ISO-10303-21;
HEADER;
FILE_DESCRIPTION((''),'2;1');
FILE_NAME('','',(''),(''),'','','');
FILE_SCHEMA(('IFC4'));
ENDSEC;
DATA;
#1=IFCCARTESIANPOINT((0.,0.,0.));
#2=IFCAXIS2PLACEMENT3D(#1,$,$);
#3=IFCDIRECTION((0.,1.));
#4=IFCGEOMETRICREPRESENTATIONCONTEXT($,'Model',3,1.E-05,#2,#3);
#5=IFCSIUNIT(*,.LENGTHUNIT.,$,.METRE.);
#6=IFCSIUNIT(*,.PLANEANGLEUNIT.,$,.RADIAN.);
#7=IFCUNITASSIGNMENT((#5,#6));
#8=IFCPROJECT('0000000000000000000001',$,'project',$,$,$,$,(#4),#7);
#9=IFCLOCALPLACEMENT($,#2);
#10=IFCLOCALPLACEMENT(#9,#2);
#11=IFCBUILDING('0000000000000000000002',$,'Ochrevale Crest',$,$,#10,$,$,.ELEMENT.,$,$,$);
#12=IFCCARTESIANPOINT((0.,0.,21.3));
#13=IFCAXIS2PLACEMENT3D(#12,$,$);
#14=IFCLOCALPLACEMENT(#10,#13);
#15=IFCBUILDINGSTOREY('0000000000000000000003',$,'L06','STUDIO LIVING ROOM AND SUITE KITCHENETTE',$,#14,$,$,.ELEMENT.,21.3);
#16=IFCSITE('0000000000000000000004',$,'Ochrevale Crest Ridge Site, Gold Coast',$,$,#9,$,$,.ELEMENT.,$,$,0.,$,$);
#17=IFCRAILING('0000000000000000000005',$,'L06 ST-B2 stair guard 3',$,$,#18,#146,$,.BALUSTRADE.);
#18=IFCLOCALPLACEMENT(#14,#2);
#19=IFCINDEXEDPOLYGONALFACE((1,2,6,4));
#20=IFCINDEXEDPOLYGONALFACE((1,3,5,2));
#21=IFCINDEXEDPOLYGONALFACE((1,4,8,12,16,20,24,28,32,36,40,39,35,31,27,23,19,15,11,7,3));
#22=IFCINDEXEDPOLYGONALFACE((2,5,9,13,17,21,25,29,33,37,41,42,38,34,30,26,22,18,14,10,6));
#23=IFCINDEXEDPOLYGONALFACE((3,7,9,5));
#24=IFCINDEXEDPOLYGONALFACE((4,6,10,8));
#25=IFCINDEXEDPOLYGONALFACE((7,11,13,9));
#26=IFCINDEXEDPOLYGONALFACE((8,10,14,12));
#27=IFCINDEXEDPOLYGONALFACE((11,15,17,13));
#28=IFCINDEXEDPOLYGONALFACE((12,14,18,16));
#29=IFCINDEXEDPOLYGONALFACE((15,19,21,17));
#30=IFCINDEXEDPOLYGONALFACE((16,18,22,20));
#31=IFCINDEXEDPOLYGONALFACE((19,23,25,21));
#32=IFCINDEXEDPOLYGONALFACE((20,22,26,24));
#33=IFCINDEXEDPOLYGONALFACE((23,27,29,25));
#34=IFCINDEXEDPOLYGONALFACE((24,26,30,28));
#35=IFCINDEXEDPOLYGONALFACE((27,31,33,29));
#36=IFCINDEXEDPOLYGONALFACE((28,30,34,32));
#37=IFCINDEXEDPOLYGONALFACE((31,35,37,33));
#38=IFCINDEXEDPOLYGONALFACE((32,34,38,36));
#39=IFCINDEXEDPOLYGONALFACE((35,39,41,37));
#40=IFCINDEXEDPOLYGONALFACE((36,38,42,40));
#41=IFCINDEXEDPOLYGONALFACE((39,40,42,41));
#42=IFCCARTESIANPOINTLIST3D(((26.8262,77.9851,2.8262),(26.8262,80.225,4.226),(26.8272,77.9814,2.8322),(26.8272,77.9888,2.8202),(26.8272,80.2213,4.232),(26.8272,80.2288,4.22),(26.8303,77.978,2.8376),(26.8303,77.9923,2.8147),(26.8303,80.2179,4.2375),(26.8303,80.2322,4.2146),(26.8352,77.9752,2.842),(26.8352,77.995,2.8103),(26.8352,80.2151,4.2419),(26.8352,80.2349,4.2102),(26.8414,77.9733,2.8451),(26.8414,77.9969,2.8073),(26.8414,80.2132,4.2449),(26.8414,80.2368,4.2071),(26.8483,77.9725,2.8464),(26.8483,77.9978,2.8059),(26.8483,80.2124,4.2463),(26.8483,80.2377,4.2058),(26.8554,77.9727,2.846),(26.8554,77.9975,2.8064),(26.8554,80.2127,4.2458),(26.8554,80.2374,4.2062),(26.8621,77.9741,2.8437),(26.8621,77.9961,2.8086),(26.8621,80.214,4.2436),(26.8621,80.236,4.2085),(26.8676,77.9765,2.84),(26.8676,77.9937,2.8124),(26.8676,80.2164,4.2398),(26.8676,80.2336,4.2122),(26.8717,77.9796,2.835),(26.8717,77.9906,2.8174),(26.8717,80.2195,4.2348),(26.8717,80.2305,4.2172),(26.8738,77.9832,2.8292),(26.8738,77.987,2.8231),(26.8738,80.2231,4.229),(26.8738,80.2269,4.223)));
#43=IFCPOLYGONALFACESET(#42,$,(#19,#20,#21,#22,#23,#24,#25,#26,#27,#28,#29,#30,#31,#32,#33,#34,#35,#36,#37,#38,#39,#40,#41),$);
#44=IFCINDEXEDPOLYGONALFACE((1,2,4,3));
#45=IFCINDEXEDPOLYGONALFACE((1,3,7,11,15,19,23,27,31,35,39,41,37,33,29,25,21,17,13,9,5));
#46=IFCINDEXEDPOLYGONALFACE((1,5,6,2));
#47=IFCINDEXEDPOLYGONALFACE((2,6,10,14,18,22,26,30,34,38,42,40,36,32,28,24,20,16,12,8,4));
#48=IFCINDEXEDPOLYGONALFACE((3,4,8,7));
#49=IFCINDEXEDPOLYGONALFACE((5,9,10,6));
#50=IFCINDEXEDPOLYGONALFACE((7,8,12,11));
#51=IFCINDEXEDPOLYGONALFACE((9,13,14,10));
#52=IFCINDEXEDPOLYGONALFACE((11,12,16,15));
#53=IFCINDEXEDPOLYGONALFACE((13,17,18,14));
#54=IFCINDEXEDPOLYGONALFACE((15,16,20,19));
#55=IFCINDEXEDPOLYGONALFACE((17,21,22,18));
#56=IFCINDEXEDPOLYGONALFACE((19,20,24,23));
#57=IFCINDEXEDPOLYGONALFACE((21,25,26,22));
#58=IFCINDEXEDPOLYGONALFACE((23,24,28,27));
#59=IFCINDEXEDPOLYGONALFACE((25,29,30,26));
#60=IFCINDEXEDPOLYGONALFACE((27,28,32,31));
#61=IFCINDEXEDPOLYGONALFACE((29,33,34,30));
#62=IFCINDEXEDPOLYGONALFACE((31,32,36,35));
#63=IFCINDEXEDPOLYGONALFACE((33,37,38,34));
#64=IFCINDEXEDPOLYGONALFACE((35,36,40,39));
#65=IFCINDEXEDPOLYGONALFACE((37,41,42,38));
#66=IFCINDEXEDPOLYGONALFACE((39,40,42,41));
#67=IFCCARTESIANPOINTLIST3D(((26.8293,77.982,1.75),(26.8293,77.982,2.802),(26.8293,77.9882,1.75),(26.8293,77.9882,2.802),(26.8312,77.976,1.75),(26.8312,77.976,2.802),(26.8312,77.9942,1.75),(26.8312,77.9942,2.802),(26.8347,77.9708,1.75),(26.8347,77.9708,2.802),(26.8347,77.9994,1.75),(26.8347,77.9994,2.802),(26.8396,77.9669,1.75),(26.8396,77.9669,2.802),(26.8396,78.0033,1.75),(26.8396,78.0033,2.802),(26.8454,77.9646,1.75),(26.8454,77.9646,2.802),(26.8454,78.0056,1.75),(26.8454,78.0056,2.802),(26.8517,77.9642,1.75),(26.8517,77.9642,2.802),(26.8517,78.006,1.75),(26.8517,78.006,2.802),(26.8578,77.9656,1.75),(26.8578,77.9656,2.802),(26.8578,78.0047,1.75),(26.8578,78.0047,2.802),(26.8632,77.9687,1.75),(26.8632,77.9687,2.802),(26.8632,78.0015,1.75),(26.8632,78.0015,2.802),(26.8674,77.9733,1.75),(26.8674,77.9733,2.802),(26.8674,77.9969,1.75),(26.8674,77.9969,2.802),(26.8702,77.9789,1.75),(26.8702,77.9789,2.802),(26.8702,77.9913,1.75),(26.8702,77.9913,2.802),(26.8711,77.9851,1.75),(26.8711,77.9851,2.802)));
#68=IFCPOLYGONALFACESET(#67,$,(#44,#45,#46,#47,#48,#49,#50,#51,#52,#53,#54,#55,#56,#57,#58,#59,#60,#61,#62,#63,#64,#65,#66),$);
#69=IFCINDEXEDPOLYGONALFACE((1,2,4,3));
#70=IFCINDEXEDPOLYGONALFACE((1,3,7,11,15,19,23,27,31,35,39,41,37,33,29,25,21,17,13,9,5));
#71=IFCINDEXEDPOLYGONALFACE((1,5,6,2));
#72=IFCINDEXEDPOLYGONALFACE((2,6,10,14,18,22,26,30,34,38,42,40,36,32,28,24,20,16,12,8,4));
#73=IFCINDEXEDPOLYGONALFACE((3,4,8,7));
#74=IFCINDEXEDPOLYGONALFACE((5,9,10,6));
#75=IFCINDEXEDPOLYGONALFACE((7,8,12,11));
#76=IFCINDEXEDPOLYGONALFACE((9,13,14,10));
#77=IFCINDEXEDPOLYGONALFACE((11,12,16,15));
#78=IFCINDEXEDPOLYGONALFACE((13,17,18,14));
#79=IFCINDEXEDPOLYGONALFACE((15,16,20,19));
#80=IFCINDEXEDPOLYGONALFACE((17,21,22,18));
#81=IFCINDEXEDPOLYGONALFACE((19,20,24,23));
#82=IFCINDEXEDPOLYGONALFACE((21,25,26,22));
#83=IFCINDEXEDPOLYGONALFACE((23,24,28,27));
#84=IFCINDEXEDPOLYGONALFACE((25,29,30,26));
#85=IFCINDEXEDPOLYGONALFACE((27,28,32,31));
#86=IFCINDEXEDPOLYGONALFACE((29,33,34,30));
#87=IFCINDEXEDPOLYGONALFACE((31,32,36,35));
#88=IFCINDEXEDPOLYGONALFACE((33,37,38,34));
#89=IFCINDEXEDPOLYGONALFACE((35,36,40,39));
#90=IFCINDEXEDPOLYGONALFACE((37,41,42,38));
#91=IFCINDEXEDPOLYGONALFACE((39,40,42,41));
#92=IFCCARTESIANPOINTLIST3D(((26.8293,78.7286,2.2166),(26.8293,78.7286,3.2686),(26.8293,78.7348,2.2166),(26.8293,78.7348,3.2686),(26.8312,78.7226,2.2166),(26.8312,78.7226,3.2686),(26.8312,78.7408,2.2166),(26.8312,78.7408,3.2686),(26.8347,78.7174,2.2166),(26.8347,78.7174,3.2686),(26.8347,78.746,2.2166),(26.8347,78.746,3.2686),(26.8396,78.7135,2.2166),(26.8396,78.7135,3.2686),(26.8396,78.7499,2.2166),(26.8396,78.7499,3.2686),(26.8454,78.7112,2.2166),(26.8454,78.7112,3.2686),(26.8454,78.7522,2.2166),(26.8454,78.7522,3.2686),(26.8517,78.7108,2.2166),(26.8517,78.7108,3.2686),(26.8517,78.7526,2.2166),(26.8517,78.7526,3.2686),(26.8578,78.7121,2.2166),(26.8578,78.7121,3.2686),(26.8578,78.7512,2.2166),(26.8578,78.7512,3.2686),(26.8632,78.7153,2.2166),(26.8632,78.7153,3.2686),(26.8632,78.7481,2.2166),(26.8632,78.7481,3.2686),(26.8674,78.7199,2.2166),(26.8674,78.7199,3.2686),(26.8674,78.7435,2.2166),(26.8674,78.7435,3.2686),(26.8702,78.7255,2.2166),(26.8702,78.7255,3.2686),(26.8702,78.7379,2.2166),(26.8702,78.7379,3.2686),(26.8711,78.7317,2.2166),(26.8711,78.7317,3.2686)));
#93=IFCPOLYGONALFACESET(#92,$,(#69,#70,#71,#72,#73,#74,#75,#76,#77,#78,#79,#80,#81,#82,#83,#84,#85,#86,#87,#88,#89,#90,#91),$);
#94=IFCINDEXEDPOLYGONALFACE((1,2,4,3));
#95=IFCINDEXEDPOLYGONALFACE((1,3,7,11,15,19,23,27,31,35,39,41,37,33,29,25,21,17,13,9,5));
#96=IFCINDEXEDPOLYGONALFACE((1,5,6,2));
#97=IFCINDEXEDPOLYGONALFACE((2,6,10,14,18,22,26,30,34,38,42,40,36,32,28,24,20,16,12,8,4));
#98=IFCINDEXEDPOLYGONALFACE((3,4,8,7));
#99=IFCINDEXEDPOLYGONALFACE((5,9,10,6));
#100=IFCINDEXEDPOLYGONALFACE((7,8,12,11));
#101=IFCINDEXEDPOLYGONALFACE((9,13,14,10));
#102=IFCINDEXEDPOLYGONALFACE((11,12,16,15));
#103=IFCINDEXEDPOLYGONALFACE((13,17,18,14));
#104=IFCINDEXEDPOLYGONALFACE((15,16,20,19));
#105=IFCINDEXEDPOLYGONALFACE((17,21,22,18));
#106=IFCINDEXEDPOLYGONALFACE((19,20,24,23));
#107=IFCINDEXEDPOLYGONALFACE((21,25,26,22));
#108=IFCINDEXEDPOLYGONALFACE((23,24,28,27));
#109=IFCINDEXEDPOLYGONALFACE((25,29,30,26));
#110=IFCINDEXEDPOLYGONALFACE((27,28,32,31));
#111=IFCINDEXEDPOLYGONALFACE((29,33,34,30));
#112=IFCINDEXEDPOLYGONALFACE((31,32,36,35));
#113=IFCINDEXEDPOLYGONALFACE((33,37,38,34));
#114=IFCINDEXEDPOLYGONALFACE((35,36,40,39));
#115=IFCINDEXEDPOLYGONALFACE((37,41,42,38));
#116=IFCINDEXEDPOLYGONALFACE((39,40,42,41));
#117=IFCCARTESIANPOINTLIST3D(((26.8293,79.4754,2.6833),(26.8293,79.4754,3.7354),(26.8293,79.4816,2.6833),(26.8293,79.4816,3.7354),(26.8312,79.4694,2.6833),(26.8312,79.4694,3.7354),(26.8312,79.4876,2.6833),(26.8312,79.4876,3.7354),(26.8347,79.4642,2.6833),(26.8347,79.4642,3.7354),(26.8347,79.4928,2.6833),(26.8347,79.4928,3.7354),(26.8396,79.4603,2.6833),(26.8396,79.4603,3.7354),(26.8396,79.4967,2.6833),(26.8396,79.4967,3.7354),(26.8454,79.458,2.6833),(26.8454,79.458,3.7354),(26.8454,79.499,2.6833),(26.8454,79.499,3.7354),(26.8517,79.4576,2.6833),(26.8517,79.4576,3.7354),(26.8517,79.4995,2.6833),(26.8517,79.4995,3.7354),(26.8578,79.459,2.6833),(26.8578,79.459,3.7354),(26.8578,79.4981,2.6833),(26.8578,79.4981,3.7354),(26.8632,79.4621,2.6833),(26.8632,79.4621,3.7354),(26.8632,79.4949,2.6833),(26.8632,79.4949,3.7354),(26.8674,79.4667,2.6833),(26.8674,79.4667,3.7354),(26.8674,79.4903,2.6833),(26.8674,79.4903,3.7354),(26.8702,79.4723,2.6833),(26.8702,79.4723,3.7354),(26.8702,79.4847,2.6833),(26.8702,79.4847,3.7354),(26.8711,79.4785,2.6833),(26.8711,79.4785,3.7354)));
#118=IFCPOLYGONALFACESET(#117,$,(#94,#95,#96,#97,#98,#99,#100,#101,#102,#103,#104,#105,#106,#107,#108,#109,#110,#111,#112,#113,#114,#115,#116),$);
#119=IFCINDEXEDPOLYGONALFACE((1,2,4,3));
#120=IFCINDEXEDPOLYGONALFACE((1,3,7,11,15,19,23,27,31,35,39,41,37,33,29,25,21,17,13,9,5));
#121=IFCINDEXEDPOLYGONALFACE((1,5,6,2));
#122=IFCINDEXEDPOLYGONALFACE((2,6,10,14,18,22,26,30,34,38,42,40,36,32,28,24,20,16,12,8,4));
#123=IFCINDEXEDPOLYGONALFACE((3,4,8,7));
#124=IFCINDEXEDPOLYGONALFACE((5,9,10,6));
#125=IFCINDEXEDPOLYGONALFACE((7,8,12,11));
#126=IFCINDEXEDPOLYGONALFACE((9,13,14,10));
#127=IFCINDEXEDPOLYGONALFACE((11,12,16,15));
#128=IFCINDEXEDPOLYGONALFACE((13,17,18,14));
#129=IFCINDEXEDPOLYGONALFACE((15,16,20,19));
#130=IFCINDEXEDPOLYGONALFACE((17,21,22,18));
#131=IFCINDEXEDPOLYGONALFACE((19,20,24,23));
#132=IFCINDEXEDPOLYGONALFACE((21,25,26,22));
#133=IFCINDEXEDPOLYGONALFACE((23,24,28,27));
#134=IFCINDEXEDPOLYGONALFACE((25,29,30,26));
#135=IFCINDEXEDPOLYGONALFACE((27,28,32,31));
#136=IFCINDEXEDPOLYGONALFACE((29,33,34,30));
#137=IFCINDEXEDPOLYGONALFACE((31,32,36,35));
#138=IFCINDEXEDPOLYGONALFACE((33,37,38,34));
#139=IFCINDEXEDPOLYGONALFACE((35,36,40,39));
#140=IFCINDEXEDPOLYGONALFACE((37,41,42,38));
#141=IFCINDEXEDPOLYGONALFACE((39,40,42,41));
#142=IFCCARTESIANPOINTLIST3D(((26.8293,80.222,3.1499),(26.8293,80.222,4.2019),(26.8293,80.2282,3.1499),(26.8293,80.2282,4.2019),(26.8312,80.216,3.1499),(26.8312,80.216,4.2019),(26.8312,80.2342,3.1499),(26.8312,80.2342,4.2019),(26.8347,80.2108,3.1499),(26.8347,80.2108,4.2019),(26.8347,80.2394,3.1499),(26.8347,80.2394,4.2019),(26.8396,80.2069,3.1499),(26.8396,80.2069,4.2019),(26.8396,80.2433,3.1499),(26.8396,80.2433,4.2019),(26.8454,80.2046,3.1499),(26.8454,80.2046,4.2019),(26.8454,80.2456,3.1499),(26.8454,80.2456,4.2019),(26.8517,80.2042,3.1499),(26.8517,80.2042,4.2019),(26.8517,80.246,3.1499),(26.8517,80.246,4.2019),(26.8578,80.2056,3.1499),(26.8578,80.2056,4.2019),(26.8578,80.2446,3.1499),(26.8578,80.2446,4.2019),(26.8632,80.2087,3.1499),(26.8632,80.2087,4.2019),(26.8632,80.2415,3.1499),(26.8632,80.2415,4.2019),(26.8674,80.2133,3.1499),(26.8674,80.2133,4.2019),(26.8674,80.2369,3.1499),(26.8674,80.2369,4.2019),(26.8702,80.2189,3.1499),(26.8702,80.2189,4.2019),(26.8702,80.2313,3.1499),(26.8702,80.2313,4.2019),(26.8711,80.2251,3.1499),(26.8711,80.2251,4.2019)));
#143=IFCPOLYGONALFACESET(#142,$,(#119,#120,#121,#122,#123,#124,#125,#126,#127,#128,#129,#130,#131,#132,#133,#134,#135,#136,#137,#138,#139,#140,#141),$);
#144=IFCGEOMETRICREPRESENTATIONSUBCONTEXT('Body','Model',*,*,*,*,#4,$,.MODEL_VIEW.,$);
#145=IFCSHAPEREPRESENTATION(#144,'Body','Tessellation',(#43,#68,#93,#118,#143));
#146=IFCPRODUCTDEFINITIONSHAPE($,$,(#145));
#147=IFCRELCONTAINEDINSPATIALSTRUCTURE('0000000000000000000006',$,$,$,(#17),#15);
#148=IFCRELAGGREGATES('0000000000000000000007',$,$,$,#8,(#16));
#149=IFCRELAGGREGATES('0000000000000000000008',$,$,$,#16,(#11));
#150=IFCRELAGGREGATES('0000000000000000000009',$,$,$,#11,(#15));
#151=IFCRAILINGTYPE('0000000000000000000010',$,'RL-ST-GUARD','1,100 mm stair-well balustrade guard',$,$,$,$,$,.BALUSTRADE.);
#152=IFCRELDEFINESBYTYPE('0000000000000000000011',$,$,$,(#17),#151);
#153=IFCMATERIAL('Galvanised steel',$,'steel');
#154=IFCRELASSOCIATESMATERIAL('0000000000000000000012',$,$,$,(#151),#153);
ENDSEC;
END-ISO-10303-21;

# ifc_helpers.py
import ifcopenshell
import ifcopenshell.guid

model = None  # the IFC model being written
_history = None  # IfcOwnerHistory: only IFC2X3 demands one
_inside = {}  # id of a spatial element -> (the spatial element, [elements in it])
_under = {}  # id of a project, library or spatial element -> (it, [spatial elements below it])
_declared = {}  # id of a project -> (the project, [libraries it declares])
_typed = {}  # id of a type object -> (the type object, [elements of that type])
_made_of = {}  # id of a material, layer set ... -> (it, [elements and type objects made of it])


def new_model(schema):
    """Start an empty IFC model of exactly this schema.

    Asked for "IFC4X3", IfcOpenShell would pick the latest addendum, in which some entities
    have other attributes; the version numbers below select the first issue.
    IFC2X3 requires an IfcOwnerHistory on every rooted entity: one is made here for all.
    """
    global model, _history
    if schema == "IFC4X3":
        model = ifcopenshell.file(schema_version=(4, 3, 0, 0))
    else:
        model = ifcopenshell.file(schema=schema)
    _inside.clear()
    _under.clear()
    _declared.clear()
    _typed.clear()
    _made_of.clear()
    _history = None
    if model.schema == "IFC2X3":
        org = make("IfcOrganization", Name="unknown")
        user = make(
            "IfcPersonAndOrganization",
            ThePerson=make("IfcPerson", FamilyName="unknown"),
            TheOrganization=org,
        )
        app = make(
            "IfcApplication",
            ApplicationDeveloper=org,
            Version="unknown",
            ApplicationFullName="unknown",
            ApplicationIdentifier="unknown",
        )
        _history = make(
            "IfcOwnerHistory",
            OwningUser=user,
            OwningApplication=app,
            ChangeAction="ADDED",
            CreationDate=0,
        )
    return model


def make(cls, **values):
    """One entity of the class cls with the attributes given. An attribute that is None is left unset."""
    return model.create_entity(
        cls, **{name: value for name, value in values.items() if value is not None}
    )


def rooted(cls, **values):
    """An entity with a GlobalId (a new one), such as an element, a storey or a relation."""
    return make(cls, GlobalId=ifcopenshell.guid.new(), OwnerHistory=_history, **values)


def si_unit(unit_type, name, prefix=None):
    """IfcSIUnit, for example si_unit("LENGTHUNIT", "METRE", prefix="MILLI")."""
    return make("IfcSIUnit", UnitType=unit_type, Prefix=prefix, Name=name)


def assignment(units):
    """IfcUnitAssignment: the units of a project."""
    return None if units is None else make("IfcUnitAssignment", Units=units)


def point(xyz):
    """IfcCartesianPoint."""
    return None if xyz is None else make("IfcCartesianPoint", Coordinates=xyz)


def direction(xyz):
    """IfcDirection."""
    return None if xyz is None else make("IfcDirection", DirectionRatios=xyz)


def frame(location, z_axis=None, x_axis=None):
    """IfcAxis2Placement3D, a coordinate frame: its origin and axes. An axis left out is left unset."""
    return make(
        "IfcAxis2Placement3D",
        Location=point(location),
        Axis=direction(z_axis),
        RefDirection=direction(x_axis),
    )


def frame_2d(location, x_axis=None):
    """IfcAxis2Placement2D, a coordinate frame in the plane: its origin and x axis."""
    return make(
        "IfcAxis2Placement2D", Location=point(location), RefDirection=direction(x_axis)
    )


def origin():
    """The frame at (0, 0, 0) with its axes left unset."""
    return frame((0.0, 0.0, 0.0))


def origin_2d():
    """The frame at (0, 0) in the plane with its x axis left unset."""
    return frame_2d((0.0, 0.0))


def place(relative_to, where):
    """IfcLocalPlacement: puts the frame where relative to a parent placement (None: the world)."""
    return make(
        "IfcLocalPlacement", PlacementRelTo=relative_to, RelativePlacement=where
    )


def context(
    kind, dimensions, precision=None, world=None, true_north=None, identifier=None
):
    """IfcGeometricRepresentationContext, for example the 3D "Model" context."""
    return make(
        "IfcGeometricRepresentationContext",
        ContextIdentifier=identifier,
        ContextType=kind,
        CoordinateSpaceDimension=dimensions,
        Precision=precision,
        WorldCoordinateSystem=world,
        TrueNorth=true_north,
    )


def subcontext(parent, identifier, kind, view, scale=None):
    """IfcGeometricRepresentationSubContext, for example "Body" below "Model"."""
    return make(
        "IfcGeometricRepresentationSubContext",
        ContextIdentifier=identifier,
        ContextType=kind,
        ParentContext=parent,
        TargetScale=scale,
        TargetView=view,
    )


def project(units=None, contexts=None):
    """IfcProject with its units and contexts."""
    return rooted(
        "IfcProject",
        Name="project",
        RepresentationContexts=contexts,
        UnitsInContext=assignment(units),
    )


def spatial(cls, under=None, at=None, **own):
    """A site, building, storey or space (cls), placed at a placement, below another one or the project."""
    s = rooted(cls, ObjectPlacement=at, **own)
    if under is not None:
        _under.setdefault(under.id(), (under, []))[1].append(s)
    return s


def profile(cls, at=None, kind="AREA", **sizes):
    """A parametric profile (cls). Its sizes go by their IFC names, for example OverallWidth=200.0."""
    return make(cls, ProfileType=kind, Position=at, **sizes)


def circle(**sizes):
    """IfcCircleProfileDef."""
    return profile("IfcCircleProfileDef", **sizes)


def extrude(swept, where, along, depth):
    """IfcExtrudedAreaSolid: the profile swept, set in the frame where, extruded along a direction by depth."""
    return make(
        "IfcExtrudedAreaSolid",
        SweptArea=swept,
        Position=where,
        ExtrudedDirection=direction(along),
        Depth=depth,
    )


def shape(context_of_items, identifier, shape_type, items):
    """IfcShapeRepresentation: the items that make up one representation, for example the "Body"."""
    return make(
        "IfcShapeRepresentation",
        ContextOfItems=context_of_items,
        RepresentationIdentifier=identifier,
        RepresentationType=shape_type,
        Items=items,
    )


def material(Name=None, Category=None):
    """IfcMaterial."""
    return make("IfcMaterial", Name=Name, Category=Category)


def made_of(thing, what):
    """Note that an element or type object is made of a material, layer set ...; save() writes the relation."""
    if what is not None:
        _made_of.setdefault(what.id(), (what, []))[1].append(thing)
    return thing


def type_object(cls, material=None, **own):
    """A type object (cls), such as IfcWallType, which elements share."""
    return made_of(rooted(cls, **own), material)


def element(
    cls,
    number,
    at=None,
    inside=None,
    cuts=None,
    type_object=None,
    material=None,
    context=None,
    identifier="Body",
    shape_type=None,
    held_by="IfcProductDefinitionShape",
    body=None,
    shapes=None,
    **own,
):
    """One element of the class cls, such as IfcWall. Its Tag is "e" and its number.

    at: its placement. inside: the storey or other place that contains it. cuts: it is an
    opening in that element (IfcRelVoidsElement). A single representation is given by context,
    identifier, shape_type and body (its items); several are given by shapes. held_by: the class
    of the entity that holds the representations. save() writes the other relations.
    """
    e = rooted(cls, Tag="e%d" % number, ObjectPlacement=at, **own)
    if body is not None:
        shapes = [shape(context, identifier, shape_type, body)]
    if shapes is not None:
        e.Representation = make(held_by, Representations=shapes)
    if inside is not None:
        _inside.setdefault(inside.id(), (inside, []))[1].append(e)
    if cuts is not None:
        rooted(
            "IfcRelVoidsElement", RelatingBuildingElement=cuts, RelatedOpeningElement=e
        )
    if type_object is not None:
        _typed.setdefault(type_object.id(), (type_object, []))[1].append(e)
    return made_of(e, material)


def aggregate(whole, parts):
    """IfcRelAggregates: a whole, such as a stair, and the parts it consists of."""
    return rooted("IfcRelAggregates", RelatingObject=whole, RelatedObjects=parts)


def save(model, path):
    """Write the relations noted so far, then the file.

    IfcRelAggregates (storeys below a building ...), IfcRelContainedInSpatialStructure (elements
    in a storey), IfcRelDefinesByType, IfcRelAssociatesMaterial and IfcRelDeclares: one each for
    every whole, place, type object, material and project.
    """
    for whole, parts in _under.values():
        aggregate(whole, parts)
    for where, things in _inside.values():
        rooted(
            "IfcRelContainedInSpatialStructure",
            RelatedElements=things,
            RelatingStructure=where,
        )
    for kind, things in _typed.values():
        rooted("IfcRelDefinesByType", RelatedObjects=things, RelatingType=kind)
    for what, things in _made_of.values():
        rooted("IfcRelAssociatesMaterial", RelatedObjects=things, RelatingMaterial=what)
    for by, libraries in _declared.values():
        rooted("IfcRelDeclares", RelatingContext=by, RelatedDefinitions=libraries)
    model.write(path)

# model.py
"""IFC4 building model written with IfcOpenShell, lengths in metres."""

from ifc_helpers import new_model, si_unit, direction, frame, origin, origin_2d, place, context, subcontext, project, spatial, circle, extrude, material, type_object, element, save


model = new_model("IFC4")

# Units and contexts
model_context = context("Model", 3, precision=1e-05, world=origin(), true_north=direction((0.0, 1.0)))
body_context = subcontext(model_context, "Body", "Model", "MODEL_VIEW")
ifc_project = project(units=[si_unit("LENGTHUNIT", "METRE"), si_unit("PLANEANGLEUNIT", "RADIAN")], contexts=[model_context])

# Site, building, storey
site_placement = place(None, origin())
site = spatial("IfcSite", under=ifc_project, at=site_placement, Name="Ochrevale Crest Ridge Site, Gold Coast", CompositionType="ELEMENT", RefElevation=0.0)
building_placement = place(site_placement, origin())
building = spatial("IfcBuilding", under=site, at=building_placement, Name="Ochrevale Crest", CompositionType="ELEMENT")
storey_placement = place(building_placement, frame((0.0, 0.0, 21.3)))
storey = spatial("IfcBuildingStorey", under=building, at=storey_placement, Name="L06", Description="STUDIO LIVING ROOM AND SUITE KITCHENETTE", CompositionType="ELEMENT", Elevation=21.3)

# Railing
ifc_material_1 = material(Name="Galvanised steel", Category="steel")
railing_type_1 = type_object("IfcRailingType", Name="RL-ST-GUARD", Description="1,100 mm stair-well balustrade guard", PredefinedType="BALUSTRADE", material=ifc_material_1)
railing_1_placement = place(storey_placement, frame((26.8501, 77.9851, 1.75)))
element("IfcRailing", 1, at=railing_1_placement, inside=storey, type_object=railing_type_1, Name="L06 ST-B2 stair guard 3", PredefinedType="BALUSTRADE", context=body_context, shape_type="SweptSolid", body=[
    extrude(circle(Radius=0.0239, at=origin_2d()), frame((0.0, 0.0, 1.0762), z_axis=(0.0, 0.848014, 0.529974), x_axis=(-1.0, 0.0, 0.0)), (0.0, 0.0, 1.0), 2.6414),
    extrude(circle(Radius=0.021, at=origin_2d()), origin(), (0.0, 0.0, 1.0), 1.052),
    extrude(circle(Radius=0.021, at=origin_2d()), frame((0.0, 0.7466, 0.4666)), (0.0, 0.0, 1.0), 1.052),
    extrude(circle(Radius=0.021, at=origin_2d()), frame((0.0, 1.4934, 0.9333)), (0.0, 0.0, 1.0), 1.052),
    extrude(circle(Radius=0.021, at=origin_2d()), frame((0.0, 2.24, 1.3999)), (0.0, 0.0, 1.0), 1.052),
])

save(model, "model.ifc")
